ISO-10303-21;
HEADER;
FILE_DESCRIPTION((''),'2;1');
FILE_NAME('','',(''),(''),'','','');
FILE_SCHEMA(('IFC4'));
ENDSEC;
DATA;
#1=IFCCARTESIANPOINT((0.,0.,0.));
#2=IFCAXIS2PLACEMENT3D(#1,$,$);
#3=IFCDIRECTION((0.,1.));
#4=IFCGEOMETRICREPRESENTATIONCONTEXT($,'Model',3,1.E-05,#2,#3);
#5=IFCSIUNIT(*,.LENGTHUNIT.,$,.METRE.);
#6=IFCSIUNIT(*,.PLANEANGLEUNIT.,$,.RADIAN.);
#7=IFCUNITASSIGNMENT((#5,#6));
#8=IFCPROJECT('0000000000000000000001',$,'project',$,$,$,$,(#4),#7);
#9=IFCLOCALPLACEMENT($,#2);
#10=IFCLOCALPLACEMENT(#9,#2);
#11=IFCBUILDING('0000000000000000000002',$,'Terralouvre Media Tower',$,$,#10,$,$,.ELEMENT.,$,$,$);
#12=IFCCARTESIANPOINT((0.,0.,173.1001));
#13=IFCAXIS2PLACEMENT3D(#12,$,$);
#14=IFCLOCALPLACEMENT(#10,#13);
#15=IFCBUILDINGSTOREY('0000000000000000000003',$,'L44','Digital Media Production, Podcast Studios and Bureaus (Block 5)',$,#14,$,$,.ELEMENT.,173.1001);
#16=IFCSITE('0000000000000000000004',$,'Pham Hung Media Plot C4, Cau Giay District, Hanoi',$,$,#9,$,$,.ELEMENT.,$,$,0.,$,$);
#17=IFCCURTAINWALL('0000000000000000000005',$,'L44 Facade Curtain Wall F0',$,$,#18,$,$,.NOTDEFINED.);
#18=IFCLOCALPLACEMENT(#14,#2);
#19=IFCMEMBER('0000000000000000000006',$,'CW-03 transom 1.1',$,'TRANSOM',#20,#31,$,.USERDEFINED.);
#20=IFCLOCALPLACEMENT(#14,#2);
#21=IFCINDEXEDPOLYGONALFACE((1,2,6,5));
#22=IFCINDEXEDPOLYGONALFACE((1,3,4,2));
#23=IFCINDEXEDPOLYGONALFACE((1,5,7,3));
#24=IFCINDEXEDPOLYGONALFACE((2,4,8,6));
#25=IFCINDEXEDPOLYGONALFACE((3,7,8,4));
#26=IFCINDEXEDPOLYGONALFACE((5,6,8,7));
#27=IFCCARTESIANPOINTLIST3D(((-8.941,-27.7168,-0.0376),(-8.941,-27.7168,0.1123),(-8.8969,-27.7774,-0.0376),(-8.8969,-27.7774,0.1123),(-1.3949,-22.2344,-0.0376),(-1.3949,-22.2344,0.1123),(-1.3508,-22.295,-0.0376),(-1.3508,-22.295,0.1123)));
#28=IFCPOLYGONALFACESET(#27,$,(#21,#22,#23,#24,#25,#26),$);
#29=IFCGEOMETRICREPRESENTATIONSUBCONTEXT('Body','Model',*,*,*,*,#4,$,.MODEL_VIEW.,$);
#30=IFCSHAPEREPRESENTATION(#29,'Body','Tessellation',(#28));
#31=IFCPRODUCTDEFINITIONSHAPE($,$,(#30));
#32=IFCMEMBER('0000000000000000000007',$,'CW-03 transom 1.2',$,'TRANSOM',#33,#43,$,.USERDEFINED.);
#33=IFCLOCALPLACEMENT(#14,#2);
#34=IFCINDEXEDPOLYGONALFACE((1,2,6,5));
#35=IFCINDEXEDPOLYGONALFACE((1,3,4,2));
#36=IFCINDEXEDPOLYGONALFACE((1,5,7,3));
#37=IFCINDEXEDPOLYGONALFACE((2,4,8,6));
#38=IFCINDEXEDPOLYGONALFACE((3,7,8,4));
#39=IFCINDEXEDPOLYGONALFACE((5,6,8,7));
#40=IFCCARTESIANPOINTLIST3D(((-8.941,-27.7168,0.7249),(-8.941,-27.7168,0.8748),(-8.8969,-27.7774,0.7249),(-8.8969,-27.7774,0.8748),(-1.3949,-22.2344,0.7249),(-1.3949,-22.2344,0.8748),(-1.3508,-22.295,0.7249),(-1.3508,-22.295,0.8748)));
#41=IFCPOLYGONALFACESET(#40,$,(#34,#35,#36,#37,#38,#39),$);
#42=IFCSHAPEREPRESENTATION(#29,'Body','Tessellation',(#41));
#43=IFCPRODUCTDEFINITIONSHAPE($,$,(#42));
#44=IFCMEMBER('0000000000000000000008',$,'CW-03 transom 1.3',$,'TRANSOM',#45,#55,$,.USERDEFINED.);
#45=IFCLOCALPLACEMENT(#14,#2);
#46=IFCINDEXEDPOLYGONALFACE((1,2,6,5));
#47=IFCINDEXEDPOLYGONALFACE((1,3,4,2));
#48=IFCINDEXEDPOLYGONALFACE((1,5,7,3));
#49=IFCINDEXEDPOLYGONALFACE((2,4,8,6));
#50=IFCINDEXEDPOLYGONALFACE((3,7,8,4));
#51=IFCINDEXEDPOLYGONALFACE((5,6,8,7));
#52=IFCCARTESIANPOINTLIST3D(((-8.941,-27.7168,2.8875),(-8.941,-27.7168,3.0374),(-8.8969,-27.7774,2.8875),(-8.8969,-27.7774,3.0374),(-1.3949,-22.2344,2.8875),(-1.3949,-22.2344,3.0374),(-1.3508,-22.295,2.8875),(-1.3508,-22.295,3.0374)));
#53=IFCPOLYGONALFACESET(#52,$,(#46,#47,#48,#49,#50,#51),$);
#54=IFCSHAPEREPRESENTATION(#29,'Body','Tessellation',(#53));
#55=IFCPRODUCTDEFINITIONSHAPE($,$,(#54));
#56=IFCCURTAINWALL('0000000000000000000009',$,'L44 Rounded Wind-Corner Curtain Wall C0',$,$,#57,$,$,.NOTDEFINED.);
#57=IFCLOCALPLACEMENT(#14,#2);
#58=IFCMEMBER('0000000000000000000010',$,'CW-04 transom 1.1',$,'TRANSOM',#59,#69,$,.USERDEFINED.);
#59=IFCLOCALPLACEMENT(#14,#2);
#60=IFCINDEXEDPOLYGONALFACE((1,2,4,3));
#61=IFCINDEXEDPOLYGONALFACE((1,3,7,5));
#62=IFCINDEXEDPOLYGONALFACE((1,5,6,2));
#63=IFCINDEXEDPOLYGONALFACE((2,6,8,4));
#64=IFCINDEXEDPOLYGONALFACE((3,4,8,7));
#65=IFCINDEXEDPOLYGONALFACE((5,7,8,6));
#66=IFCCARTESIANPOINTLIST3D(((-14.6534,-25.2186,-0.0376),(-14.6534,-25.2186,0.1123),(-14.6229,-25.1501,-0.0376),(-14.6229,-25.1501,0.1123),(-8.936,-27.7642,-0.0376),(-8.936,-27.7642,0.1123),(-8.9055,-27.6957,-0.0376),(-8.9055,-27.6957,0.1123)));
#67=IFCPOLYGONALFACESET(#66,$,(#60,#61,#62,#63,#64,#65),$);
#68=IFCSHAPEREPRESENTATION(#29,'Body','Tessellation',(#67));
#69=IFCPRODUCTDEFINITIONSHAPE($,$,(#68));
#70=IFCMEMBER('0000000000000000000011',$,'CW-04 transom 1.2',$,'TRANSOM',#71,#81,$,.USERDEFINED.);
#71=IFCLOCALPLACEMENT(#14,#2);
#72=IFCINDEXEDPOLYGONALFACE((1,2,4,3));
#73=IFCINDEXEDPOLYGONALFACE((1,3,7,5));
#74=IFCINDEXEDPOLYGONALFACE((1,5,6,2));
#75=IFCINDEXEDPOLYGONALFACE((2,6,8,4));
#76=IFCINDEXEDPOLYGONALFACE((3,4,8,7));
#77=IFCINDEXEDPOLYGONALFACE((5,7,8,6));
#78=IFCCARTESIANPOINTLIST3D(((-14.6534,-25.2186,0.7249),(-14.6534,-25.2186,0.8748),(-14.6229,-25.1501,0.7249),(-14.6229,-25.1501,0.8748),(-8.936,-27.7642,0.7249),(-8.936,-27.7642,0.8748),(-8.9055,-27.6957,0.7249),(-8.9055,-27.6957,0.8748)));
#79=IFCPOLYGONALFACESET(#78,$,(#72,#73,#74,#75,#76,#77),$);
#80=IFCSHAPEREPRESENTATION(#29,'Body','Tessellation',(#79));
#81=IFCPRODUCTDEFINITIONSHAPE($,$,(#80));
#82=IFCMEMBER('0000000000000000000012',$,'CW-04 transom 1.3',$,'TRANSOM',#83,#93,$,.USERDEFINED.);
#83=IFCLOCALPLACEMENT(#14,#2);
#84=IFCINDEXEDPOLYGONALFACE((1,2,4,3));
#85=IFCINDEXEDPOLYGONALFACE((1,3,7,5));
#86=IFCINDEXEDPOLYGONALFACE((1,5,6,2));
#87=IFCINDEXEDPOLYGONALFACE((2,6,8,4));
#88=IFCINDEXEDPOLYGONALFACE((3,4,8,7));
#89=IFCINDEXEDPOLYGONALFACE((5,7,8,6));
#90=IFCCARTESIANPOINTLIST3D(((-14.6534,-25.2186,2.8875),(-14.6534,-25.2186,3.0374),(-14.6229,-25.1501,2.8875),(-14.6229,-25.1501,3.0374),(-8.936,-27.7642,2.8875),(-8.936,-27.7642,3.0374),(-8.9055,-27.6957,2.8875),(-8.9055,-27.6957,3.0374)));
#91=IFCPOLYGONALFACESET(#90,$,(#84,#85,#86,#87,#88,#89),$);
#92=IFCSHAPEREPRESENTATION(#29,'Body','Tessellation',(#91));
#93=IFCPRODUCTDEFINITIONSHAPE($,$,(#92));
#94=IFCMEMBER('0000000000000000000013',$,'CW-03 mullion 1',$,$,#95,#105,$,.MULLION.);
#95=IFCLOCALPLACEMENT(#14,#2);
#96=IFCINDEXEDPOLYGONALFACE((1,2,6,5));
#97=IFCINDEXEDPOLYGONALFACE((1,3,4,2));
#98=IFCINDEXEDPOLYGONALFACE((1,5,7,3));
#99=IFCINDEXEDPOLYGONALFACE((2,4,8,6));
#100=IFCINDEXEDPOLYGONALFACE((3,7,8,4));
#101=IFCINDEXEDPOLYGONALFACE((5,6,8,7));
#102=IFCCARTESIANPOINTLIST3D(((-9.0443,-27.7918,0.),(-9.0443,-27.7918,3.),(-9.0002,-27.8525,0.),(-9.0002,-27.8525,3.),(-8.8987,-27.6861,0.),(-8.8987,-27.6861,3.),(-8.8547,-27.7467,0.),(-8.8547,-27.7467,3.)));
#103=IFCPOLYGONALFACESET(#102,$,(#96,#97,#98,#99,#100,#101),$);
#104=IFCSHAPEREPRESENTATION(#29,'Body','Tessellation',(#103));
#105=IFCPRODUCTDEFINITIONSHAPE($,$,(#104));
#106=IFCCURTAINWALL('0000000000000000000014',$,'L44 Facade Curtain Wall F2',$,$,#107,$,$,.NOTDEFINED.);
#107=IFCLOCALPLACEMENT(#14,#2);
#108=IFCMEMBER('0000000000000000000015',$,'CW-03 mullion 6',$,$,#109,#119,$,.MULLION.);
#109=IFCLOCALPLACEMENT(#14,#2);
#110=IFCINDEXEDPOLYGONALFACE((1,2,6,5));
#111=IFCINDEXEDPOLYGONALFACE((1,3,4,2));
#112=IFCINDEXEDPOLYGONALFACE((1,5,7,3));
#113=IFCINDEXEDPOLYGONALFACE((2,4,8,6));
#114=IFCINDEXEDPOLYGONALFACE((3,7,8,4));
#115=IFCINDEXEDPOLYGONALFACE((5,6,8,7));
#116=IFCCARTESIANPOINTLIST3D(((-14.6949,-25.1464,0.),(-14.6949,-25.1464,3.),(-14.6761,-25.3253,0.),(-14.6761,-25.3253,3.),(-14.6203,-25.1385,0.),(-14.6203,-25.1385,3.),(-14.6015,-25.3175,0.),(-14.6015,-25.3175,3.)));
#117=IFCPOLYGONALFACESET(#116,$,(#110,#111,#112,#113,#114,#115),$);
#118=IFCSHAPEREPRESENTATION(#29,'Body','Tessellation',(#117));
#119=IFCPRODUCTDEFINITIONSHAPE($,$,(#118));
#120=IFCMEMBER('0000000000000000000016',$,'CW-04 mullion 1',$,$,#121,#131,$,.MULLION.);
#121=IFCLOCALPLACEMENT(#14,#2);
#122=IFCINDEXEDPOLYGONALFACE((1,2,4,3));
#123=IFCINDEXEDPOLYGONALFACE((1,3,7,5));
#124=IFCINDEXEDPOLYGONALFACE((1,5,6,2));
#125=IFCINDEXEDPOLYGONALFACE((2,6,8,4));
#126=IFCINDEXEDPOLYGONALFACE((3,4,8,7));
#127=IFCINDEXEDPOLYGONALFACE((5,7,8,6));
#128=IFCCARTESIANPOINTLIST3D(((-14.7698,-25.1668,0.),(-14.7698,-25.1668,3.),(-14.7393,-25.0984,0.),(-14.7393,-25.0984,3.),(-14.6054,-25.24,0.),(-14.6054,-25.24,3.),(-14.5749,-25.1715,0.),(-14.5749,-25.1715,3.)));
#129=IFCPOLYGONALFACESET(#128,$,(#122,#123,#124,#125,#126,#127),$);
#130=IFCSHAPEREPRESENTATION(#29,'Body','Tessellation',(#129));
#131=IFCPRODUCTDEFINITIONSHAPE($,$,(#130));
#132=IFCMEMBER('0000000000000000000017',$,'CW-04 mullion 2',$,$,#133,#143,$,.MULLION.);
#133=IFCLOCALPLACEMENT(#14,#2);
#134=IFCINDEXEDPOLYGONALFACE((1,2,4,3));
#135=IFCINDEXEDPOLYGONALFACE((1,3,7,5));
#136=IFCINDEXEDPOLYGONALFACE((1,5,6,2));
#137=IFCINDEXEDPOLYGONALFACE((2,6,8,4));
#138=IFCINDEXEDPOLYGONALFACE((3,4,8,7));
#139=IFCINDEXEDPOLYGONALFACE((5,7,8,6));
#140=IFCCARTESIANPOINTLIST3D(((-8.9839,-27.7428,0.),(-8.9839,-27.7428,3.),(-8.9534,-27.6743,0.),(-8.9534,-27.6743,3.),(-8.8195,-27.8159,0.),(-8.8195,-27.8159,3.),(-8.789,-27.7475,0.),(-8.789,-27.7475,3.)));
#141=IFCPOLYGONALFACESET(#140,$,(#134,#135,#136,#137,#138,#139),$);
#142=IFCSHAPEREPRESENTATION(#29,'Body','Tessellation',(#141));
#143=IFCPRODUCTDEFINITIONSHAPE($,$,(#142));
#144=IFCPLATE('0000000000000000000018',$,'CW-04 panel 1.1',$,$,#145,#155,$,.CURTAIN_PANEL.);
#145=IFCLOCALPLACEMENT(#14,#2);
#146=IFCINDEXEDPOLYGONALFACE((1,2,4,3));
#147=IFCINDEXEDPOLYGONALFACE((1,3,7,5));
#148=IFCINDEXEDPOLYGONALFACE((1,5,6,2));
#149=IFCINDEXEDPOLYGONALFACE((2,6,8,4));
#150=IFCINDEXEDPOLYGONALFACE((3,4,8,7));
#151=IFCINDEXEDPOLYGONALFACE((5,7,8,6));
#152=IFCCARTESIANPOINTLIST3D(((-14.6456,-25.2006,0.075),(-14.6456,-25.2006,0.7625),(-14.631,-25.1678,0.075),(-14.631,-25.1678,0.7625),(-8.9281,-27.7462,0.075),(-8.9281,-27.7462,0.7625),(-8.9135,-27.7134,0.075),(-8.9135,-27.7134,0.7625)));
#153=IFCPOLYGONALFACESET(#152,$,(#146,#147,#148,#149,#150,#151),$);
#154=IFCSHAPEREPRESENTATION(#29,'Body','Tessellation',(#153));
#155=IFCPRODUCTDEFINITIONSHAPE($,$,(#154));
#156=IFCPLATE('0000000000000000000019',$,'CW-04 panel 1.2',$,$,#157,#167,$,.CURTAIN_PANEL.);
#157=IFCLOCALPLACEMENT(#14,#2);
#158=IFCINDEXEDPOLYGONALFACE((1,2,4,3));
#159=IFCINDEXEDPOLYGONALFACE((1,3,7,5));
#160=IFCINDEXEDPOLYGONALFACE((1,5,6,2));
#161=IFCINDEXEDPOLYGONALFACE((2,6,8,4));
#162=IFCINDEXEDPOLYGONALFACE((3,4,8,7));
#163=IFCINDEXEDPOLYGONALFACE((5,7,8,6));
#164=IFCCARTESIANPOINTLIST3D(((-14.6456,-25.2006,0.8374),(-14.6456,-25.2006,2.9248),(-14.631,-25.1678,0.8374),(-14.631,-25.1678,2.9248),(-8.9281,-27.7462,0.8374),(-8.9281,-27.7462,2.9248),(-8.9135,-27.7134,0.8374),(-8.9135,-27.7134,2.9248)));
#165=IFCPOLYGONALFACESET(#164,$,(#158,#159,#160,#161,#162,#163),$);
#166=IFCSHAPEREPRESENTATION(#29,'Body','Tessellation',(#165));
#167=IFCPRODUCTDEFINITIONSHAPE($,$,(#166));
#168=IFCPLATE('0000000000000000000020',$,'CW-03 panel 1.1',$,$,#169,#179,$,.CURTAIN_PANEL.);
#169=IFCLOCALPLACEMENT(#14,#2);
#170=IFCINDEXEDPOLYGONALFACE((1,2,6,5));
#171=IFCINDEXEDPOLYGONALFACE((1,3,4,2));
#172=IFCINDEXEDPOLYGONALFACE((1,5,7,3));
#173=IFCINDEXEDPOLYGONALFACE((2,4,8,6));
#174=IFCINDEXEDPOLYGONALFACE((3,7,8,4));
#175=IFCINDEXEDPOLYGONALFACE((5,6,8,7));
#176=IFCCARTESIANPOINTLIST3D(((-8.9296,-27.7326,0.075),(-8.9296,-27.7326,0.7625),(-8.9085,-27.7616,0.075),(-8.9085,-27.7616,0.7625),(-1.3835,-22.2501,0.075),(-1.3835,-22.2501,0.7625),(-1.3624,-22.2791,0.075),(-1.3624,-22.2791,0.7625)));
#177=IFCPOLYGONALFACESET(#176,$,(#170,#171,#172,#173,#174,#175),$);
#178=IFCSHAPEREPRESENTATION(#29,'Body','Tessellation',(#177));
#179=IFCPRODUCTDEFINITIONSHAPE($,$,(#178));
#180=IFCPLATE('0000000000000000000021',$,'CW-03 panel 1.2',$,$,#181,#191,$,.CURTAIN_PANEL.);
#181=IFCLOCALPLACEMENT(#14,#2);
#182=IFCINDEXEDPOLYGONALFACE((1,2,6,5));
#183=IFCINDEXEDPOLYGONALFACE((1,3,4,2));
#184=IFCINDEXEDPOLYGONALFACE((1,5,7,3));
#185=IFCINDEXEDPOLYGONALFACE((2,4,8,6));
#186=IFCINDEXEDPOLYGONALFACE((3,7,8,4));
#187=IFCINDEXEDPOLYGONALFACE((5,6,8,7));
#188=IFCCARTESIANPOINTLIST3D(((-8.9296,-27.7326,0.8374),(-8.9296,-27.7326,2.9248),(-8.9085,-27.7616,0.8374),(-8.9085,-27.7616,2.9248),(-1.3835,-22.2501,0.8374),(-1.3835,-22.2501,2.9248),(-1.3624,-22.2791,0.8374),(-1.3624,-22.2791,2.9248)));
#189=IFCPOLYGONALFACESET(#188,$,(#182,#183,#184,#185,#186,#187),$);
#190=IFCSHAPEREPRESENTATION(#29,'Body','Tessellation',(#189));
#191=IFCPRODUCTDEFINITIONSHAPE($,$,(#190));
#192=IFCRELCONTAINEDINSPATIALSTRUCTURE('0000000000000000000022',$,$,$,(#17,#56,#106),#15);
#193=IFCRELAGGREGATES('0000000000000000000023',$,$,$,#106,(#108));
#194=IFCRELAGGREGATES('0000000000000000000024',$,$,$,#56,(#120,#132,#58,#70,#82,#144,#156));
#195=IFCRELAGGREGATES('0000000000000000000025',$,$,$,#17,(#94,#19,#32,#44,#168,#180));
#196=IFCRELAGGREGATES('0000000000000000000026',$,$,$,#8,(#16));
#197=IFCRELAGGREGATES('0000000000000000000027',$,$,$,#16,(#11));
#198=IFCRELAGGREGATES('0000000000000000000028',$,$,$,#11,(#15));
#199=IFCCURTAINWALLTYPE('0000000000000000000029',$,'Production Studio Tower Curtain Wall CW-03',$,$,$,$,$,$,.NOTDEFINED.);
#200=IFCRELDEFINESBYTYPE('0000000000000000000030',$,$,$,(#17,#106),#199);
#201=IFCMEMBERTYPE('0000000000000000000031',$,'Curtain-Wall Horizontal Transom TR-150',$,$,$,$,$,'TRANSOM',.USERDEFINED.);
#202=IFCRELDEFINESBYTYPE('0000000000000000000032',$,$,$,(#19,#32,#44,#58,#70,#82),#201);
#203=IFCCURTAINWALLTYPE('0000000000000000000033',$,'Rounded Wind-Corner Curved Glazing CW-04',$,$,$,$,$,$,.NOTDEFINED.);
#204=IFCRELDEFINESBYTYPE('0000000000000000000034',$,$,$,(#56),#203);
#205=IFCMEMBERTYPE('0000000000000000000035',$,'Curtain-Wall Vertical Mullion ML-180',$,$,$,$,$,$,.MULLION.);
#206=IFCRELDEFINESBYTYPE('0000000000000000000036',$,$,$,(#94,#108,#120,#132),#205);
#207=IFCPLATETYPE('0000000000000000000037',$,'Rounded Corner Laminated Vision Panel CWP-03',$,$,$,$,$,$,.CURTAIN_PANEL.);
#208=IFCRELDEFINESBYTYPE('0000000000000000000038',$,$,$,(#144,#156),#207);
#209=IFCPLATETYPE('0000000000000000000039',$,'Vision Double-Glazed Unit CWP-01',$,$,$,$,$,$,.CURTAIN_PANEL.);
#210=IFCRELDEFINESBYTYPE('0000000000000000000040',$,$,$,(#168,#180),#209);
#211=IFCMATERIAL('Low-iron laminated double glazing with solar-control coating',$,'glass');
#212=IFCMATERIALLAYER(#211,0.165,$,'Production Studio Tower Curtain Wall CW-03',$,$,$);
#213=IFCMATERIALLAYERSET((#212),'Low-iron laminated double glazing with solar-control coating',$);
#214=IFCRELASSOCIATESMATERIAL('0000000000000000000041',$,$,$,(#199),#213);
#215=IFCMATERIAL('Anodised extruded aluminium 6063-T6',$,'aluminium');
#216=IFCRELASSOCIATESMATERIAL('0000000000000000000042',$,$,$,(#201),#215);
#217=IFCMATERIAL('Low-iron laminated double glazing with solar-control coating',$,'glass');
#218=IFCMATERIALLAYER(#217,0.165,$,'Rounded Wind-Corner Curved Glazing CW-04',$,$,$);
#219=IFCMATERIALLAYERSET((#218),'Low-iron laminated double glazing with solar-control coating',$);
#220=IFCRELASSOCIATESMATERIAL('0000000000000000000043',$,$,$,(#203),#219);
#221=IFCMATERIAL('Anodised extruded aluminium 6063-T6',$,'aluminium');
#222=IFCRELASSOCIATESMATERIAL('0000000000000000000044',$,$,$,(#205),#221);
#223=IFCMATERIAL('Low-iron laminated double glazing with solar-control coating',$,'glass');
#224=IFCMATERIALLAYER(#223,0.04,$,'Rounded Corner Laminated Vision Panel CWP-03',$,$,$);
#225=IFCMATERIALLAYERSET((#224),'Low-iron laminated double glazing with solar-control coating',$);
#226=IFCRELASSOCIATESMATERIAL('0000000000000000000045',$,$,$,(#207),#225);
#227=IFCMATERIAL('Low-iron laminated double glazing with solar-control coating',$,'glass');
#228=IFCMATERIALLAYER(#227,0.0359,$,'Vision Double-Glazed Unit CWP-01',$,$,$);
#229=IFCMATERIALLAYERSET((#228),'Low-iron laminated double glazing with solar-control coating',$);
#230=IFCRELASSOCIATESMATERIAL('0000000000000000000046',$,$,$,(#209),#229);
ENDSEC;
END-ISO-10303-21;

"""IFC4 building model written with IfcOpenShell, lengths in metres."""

from ifc_helpers import new_model, si_unit, direction, frame, origin, origin_2d, place, context, subcontext, project, spatial, rectangle, extrude, material, layer, layer_set, material_profile, profile_set, type_object, element, aggregate, save


model = new_model("IFC4")

# Units and contexts
model_context = context("Model", 3, precision=1e-05, world=origin(), true_north=direction((0.0, 1.0)))
body_context = subcontext(model_context, "Body", "Model", "MODEL_VIEW")
ifc_project = project(units=[si_unit("LENGTHUNIT", "METRE"), si_unit("PLANEANGLEUNIT", "RADIAN")], contexts=[model_context])

# Site, building, storey
site_placement = place(None, origin())
site = spatial("IfcSite", under=ifc_project, at=site_placement, Name="Pham Hung Media Plot C4, Cau Giay District, Hanoi", CompositionType="ELEMENT", RefElevation=0.0)
building_placement = place(site_placement, origin())
building = spatial("IfcBuilding", under=site, at=building_placement, Name="Terralouvre Media Tower", CompositionType="ELEMENT")
storey_placement = place(building_placement, frame((0.0, 0.0, 173.1001)))
storey = spatial("IfcBuildingStorey", under=building, at=storey_placement, Name="L44", Description="Digital Media Production, Podcast Studios and Bureaus (Block 5)", CompositionType="ELEMENT", Elevation=173.1001)

# Curtain walls, members
ifc_material_1 = material(Name="Low-iron laminated double glazing with solar-control coating", Category="glass")
ifc_layer_1 = layer(ifc_material_1, 0.165, Name="Production Studio Tower Curtain Wall CW-03")
ifc_layer_set_1 = layer_set([ifc_layer_1], Name="Low-iron laminated double glazing with solar-control coating")
curtain_wall_type_1 = type_object("IfcCurtainWallType", Name="Production Studio Tower Curtain Wall CW-03", PredefinedType="NOTDEFINED", material=ifc_layer_set_1)
curtain_wall_1_placement = place(storey_placement, origin())
curtain_wall_1 = element("IfcCurtainWall", 1, at=curtain_wall_1_placement, inside=storey, type_object=curtain_wall_type_1, Name="L44 Facade Curtain Wall F0", PredefinedType="NOTDEFINED")
ifc_material_2 = material(Name="Anodised extruded aluminium 6063-T6", Category="aluminium")
ifc_material_profile_1 = material_profile(ifc_material_2, rectangle(XDim=0.075, YDim=0.1499, at=origin_2d()), Name="ALU 75x150")
ifc_profile_set_1 = profile_set([ifc_material_profile_1], Name="Anodised extruded aluminium 6063-T6")
member_type_1 = type_object("IfcMemberType", Name="Curtain-Wall Horizontal Transom TR-150", ElementType="TRANSOM", PredefinedType="USERDEFINED", material=ifc_profile_set_1)
member_1_placement = place(storey_placement, frame((-8.9189, -27.7471, 0.0374), z_axis=(0.809026, 0.587773, 0.0), x_axis=(-0.587773, 0.809026, 0.0)))
member_1 = element("IfcMember", 2, at=member_1_placement, type_object=member_type_1, Name="CW-03 transom 1.1", ObjectType="TRANSOM", PredefinedType="USERDEFINED", context=body_context, shape_type="SweptSolid", body=[
    extrude(rectangle(XDim=0.075, YDim=0.1499, at=origin_2d()), origin(), (0.0, 0.0, 1.0), 9.3274),
])
member_2_placement = place(storey_placement, frame((-8.9189, -27.7471, 0.7998), z_axis=(0.809026, 0.587773, 0.0), x_axis=(-0.587773, 0.809026, 0.0)))
member_2 = element("IfcMember", 3, at=member_2_placement, type_object=member_type_1, Name="CW-03 transom 1.2", ObjectType="TRANSOM", PredefinedType="USERDEFINED", context=body_context, shape_type="SweptSolid", body=[
    extrude(rectangle(XDim=0.075, YDim=0.1499, at=origin_2d()), origin(), (0.0, 0.0, 1.0), 9.3274),
])
member_3_placement = place(storey_placement, frame((-8.9189, -27.7471, 2.9624), z_axis=(0.809026, 0.587773, 0.0), x_axis=(-0.587773, 0.809026, 0.0)))
member_3 = element("IfcMember", 4, at=member_3_placement, type_object=member_type_1, Name="CW-03 transom 1.3", ObjectType="TRANSOM", PredefinedType="USERDEFINED", context=body_context, shape_type="SweptSolid", body=[
    extrude(rectangle(XDim=0.075, YDim=0.1499, at=origin_2d()), origin(), (0.0, 0.0, 1.0), 9.3274),
])
ifc_material_3 = material(Name="Low-iron laminated double glazing with solar-control coating", Category="glass")
ifc_layer_2 = layer(ifc_material_3, 0.165, Name="Rounded Wind-Corner Curved Glazing CW-04")
ifc_layer_set_2 = layer_set([ifc_layer_2], Name="Low-iron laminated double glazing with solar-control coating")
curtain_wall_type_2 = type_object("IfcCurtainWallType", Name="Rounded Wind-Corner Curved Glazing CW-04", PredefinedType="NOTDEFINED", material=ifc_layer_set_2)
curtain_wall_2_placement = place(storey_placement, origin())
curtain_wall_2 = element("IfcCurtainWall", 5, at=curtain_wall_2_placement, inside=storey, type_object=curtain_wall_type_2, Name="L44 Rounded Wind-Corner Curtain Wall C0", PredefinedType="NOTDEFINED")
member_4_placement = place(storey_placement, frame((-14.6382, -25.1843, 0.0374), z_axis=(0.913543, -0.406743, 0.0), x_axis=(0.406743, 0.913543, 0.0)))
member_4 = element("IfcMember", 6, at=member_4_placement, type_object=member_type_1, Name="CW-04 transom 1.1", ObjectType="TRANSOM", PredefinedType="USERDEFINED", context=body_context, shape_type="SweptSolid", body=[
    extrude(rectangle(XDim=0.075, YDim=0.1499, at=origin_2d()), origin(), (0.0, 0.0, 1.0), 6.2585),
])
member_5_placement = place(storey_placement, frame((-14.6382, -25.1843, 0.7998), z_axis=(0.913543, -0.406743, 0.0), x_axis=(0.406743, 0.913543, 0.0)))
member_5 = element("IfcMember", 7, at=member_5_placement, type_object=member_type_1, Name="CW-04 transom 1.2", ObjectType="TRANSOM", PredefinedType="USERDEFINED", context=body_context, shape_type="SweptSolid", body=[
    extrude(rectangle(XDim=0.075, YDim=0.1499, at=origin_2d()), origin(), (0.0, 0.0, 1.0), 6.2585),
])
member_6_placement = place(storey_placement, frame((-14.6382, -25.1843, 2.9624), z_axis=(0.913543, -0.406743, 0.0), x_axis=(0.406743, 0.913543, 0.0)))
member_6 = element("IfcMember", 8, at=member_6_placement, type_object=member_type_1, Name="CW-04 transom 1.3", ObjectType="TRANSOM", PredefinedType="USERDEFINED", context=body_context, shape_type="SweptSolid", body=[
    extrude(rectangle(XDim=0.075, YDim=0.1499, at=origin_2d()), origin(), (0.0, 0.0, 1.0), 6.2585),
])

# Member
ifc_material_4 = material(Name="Anodised extruded aluminium 6063-T6", Category="aluminium")
ifc_material_profile_2 = material_profile(ifc_material_4, rectangle(XDim=0.075, YDim=0.1799, at=origin_2d()), Name="ALU 75x180")
ifc_profile_set_2 = profile_set([ifc_material_profile_2], Name="Anodised extruded aluminium 6063-T6")
member_type_2 = type_object("IfcMemberType", Name="Curtain-Wall Vertical Mullion ML-180", PredefinedType="MULLION", material=ifc_profile_set_2)
member_7_placement = place(storey_placement, frame((-8.9495, -27.7693, 0.0), z_axis=(0.0, 0.0, 1.0), x_axis=(-0.587785, 0.809017, 0.0)))
member_7 = element("IfcMember", 9, at=member_7_placement, type_object=member_type_2, Name="CW-03 mullion 1", PredefinedType="MULLION", context=body_context, shape_type="SweptSolid", body=[
    extrude(rectangle(XDim=0.075, YDim=0.1799, at=origin_2d()), origin(), (0.0, 0.0, 1.0), 3.0),
])

# Curtain wall, member
curtain_wall_3_placement = place(storey_placement, origin())
curtain_wall_3 = element("IfcCurtainWall", 10, at=curtain_wall_3_placement, inside=storey, type_object=curtain_wall_type_1, Name="L44 Facade Curtain Wall F2", PredefinedType="NOTDEFINED")
member_8_placement = place(storey_placement, frame((-14.6482, -25.2319, 0.0), z_axis=(0.0, 0.0, 1.0), x_axis=(0.994522, 0.104528, 0.0)))
member_8 = element("IfcMember", 11, at=member_8_placement, type_object=member_type_2, Name="CW-03 mullion 6", PredefinedType="MULLION", context=body_context, shape_type="SweptSolid", body=[
    extrude(rectangle(XDim=0.075, YDim=0.1799, at=origin_2d()), origin(), (0.0, 0.0, 1.0), 3.0),
])
aggregate(curtain_wall_3, [member_8])

# Members
member_9_placement = place(storey_placement, frame((-14.6724, -25.1692, 0.0), z_axis=(0.0, 0.0, 1.0), x_axis=(0.406737, 0.913545, 0.0)))
member_9 = element("IfcMember", 12, at=member_9_placement, type_object=member_type_2, Name="CW-04 mullion 1", PredefinedType="MULLION", context=body_context, shape_type="SweptSolid", body=[
    extrude(rectangle(XDim=0.075, YDim=0.1799, at=origin_2d()), origin(), (0.0, 0.0, 1.0), 3.0),
])
member_10_placement = place(storey_placement, frame((-8.8865, -27.7451, 0.0), z_axis=(0.0, 0.0, 1.0), x_axis=(0.406737, 0.913545, 0.0)))
member_10 = element("IfcMember", 13, at=member_10_placement, type_object=member_type_2, Name="CW-04 mullion 2", PredefinedType="MULLION", context=body_context, shape_type="SweptSolid", body=[
    extrude(rectangle(XDim=0.075, YDim=0.1799, at=origin_2d()), origin(), (0.0, 0.0, 1.0), 3.0),
])

# Plates
ifc_material_5 = material(Name="Low-iron laminated double glazing with solar-control coating", Category="glass")
ifc_layer_3 = layer(ifc_material_5, 0.04, Name="Rounded Corner Laminated Vision Panel CWP-03")
ifc_layer_set_3 = layer_set([ifc_layer_3], Name="Low-iron laminated double glazing with solar-control coating")
plate_type_1 = type_object("IfcPlateType", Name="Rounded Corner Laminated Vision Panel CWP-03", PredefinedType="CURTAIN_PANEL", material=ifc_layer_set_3)
plate_1_placement = place(storey_placement, frame((-11.7795, -26.457, 0.075), z_axis=(0.0, 0.0, 1.0), x_axis=(0.913545, -0.406737, 0.0)))
plate_1 = element("IfcPlate", 14, at=plate_1_placement, type_object=plate_type_1, Name="CW-04 panel 1.1", PredefinedType="CURTAIN_PANEL", context=body_context, shape_type="SweptSolid", body=[
    extrude(rectangle(XDim=6.2585, YDim=0.0359, at=origin_2d()), origin(), (0.0, 0.0, 1.0), 0.6875),
])
plate_2_placement = place(storey_placement, frame((-11.7795, -26.457, 0.8374), z_axis=(0.0, 0.0, 1.0), x_axis=(0.913545, -0.406737, 0.0)))
plate_2 = element("IfcPlate", 15, at=plate_2_placement, type_object=plate_type_1, Name="CW-04 panel 1.2", PredefinedType="CURTAIN_PANEL", context=body_context, shape_type="SweptSolid", body=[
    extrude(rectangle(XDim=6.2585, YDim=0.0359, at=origin_2d()), origin(), (0.0, 0.0, 1.0), 2.0874),
])
aggregate(curtain_wall_2, [member_9, member_10, member_4, member_5, member_6, plate_1, plate_2])
ifc_material_6 = material(Name="Low-iron laminated double glazing with solar-control coating", Category="glass")
ifc_layer_4 = layer(ifc_material_6, 0.0359, Name="Vision Double-Glazed Unit CWP-01")
ifc_layer_set_4 = layer_set([ifc_layer_4], Name="Low-iron laminated double glazing with solar-control coating")
plate_type_2 = type_object("IfcPlateType", Name="Vision Double-Glazed Unit CWP-01", PredefinedType="CURTAIN_PANEL", material=ifc_layer_set_4)
plate_3_placement = place(storey_placement, frame((-5.146, -25.0059, 0.075), z_axis=(0.0, 0.0, 1.0), x_axis=(0.809017, 0.587785, 0.0)))
plate_3 = element("IfcPlate", 16, at=plate_3_placement, type_object=plate_type_2, Name="CW-03 panel 1.1", PredefinedType="CURTAIN_PANEL", context=body_context, shape_type="SweptSolid", body=[
    extrude(rectangle(XDim=9.3274, YDim=0.0359, at=origin_2d()), origin(), (0.0, 0.0, 1.0), 0.6875),
])
plate_4_placement = place(storey_placement, frame((-5.146, -25.0059, 0.8374), z_axis=(0.0, 0.0, 1.0), x_axis=(0.809017, 0.587785, 0.0)))
plate_4 = element("IfcPlate", 17, at=plate_4_placement, type_object=plate_type_2, Name="CW-03 panel 1.2", PredefinedType="CURTAIN_PANEL", context=body_context, shape_type="SweptSolid", body=[
    extrude(rectangle(XDim=9.3274, YDim=0.0359, at=origin_2d()), origin(), (0.0, 0.0, 1.0), 2.0874),
])
aggregate(curtain_wall_1, [member_7, member_1, member_2, member_3, plate_3, plate_4])

save(model, "model.ifc")
